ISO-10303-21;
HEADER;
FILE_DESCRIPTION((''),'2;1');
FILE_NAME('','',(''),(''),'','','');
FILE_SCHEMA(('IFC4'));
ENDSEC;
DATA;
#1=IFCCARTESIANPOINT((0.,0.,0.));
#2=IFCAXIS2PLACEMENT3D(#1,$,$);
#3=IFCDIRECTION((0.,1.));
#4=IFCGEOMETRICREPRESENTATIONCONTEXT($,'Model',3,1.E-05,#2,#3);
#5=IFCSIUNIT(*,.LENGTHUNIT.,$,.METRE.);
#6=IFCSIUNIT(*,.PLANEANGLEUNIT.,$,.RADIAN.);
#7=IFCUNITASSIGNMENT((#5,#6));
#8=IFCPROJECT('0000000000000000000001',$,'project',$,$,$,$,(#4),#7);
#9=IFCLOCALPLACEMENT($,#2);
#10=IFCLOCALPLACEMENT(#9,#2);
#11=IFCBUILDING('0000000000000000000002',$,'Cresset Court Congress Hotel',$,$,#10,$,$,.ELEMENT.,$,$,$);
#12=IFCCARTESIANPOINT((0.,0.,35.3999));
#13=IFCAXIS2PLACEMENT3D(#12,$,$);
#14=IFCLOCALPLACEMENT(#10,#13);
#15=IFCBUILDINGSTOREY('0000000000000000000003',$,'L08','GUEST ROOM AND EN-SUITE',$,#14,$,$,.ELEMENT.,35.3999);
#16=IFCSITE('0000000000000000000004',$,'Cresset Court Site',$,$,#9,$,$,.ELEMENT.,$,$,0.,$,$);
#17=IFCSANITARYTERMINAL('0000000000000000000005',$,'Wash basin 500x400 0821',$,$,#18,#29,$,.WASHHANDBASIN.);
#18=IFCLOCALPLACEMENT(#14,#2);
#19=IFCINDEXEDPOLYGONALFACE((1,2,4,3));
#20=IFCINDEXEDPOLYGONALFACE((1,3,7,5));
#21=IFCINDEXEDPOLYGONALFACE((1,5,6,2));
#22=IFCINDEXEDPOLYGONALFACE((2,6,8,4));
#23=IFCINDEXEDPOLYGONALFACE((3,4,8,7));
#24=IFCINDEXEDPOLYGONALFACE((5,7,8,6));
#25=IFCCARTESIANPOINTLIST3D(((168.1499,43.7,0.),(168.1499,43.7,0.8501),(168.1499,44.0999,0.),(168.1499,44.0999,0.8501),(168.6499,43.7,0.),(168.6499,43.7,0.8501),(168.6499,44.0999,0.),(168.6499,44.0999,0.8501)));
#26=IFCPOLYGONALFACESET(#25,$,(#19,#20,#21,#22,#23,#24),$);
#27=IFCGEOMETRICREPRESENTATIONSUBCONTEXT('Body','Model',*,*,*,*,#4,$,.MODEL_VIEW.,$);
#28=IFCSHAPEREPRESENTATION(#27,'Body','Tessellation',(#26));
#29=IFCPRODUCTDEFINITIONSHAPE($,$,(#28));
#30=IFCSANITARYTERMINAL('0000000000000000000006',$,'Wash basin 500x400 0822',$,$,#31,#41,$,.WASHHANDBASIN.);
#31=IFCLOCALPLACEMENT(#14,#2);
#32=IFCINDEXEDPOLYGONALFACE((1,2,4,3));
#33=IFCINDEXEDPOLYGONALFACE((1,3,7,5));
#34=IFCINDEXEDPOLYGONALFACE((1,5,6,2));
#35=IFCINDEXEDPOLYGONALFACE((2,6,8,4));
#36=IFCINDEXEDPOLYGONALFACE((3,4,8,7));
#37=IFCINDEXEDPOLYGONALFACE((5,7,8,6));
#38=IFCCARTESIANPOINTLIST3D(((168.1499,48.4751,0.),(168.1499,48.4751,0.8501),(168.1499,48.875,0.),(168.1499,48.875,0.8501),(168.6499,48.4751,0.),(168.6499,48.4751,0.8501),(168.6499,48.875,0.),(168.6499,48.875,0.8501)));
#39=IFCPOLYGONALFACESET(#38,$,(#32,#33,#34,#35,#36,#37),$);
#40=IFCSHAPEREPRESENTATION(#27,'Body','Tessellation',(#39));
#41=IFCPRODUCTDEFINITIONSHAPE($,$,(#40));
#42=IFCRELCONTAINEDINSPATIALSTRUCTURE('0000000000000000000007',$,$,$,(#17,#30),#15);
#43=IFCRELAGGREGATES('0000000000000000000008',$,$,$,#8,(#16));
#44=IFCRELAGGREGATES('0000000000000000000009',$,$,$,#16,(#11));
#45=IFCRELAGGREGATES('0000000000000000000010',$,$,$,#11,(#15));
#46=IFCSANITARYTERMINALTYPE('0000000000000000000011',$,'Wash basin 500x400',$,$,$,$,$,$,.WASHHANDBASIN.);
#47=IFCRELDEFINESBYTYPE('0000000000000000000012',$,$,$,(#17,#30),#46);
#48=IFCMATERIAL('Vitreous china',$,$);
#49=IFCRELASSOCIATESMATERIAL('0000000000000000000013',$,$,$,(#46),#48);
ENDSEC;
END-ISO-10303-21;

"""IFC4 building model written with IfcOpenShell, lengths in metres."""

from ifc_helpers import new_model, si_unit, direction, frame, origin, origin_2d, place, context, subcontext, project, spatial, rectangle, extrude, material, type_object, element, save


model = new_model("IFC4")

# Units and contexts
model_context = context("Model", 3, precision=1e-05, world=origin(), true_north=direction((0.0, 1.0)))
body_context = subcontext(model_context, "Body", "Model", "MODEL_VIEW")
ifc_project = project(units=[si_unit("LENGTHUNIT", "METRE"), si_unit("PLANEANGLEUNIT", "RADIAN")], contexts=[model_context])

# Site, building, storey
site_placement = place(None, origin())
site = spatial("IfcSite", under=ifc_project, at=site_placement, Name="Cresset Court Site", CompositionType="ELEMENT", RefElevation=0.0)
building_placement = place(site_placement, origin())
building = spatial("IfcBuilding", under=site, at=building_placement, Name="Cresset Court Congress Hotel", CompositionType="ELEMENT")
storey_placement = place(building_placement, frame((0.0, 0.0, 35.3999)))
storey = spatial("IfcBuildingStorey", under=building, at=storey_placement, Name="L08", Description="GUEST ROOM AND EN-SUITE", CompositionType="ELEMENT", Elevation=35.3999)

# Sanitary terminals
ifc_material_1 = material(Name="Vitreous china")
sanitary_terminal_type_1 = type_object("IfcSanitaryTerminalType", Name="Wash basin 500x400", PredefinedType="WASHHANDBASIN", material=ifc_material_1)
for number, where, z_axis, x_axis, name in (
    (1, (168.3999, 43.8999, 0.0), (0.0, 0.0, 1.0), (1.0, 0.0, 0.0), "Wash basin 500x400 0821"),
    (2, (168.3999, 48.675, 0.0), (0.0, 0.0, 1.0), (1.0, 0.0, 0.0), "Wash basin 500x400 0822"),
):
    element("IfcSanitaryTerminal", number, at=place(storey_placement, frame(where, z_axis=z_axis, x_axis=x_axis)), inside=storey, type_object=sanitary_terminal_type_1, Name=name, PredefinedType="WASHHANDBASIN", context=body_context, shape_type="SweptSolid", body=[
        extrude(rectangle(XDim=0.5, YDim=0.3999, at=origin_2d()), origin(), (0.0, 0.0, 1.0), 0.8501),
    ])

save(model, "model.ifc")
